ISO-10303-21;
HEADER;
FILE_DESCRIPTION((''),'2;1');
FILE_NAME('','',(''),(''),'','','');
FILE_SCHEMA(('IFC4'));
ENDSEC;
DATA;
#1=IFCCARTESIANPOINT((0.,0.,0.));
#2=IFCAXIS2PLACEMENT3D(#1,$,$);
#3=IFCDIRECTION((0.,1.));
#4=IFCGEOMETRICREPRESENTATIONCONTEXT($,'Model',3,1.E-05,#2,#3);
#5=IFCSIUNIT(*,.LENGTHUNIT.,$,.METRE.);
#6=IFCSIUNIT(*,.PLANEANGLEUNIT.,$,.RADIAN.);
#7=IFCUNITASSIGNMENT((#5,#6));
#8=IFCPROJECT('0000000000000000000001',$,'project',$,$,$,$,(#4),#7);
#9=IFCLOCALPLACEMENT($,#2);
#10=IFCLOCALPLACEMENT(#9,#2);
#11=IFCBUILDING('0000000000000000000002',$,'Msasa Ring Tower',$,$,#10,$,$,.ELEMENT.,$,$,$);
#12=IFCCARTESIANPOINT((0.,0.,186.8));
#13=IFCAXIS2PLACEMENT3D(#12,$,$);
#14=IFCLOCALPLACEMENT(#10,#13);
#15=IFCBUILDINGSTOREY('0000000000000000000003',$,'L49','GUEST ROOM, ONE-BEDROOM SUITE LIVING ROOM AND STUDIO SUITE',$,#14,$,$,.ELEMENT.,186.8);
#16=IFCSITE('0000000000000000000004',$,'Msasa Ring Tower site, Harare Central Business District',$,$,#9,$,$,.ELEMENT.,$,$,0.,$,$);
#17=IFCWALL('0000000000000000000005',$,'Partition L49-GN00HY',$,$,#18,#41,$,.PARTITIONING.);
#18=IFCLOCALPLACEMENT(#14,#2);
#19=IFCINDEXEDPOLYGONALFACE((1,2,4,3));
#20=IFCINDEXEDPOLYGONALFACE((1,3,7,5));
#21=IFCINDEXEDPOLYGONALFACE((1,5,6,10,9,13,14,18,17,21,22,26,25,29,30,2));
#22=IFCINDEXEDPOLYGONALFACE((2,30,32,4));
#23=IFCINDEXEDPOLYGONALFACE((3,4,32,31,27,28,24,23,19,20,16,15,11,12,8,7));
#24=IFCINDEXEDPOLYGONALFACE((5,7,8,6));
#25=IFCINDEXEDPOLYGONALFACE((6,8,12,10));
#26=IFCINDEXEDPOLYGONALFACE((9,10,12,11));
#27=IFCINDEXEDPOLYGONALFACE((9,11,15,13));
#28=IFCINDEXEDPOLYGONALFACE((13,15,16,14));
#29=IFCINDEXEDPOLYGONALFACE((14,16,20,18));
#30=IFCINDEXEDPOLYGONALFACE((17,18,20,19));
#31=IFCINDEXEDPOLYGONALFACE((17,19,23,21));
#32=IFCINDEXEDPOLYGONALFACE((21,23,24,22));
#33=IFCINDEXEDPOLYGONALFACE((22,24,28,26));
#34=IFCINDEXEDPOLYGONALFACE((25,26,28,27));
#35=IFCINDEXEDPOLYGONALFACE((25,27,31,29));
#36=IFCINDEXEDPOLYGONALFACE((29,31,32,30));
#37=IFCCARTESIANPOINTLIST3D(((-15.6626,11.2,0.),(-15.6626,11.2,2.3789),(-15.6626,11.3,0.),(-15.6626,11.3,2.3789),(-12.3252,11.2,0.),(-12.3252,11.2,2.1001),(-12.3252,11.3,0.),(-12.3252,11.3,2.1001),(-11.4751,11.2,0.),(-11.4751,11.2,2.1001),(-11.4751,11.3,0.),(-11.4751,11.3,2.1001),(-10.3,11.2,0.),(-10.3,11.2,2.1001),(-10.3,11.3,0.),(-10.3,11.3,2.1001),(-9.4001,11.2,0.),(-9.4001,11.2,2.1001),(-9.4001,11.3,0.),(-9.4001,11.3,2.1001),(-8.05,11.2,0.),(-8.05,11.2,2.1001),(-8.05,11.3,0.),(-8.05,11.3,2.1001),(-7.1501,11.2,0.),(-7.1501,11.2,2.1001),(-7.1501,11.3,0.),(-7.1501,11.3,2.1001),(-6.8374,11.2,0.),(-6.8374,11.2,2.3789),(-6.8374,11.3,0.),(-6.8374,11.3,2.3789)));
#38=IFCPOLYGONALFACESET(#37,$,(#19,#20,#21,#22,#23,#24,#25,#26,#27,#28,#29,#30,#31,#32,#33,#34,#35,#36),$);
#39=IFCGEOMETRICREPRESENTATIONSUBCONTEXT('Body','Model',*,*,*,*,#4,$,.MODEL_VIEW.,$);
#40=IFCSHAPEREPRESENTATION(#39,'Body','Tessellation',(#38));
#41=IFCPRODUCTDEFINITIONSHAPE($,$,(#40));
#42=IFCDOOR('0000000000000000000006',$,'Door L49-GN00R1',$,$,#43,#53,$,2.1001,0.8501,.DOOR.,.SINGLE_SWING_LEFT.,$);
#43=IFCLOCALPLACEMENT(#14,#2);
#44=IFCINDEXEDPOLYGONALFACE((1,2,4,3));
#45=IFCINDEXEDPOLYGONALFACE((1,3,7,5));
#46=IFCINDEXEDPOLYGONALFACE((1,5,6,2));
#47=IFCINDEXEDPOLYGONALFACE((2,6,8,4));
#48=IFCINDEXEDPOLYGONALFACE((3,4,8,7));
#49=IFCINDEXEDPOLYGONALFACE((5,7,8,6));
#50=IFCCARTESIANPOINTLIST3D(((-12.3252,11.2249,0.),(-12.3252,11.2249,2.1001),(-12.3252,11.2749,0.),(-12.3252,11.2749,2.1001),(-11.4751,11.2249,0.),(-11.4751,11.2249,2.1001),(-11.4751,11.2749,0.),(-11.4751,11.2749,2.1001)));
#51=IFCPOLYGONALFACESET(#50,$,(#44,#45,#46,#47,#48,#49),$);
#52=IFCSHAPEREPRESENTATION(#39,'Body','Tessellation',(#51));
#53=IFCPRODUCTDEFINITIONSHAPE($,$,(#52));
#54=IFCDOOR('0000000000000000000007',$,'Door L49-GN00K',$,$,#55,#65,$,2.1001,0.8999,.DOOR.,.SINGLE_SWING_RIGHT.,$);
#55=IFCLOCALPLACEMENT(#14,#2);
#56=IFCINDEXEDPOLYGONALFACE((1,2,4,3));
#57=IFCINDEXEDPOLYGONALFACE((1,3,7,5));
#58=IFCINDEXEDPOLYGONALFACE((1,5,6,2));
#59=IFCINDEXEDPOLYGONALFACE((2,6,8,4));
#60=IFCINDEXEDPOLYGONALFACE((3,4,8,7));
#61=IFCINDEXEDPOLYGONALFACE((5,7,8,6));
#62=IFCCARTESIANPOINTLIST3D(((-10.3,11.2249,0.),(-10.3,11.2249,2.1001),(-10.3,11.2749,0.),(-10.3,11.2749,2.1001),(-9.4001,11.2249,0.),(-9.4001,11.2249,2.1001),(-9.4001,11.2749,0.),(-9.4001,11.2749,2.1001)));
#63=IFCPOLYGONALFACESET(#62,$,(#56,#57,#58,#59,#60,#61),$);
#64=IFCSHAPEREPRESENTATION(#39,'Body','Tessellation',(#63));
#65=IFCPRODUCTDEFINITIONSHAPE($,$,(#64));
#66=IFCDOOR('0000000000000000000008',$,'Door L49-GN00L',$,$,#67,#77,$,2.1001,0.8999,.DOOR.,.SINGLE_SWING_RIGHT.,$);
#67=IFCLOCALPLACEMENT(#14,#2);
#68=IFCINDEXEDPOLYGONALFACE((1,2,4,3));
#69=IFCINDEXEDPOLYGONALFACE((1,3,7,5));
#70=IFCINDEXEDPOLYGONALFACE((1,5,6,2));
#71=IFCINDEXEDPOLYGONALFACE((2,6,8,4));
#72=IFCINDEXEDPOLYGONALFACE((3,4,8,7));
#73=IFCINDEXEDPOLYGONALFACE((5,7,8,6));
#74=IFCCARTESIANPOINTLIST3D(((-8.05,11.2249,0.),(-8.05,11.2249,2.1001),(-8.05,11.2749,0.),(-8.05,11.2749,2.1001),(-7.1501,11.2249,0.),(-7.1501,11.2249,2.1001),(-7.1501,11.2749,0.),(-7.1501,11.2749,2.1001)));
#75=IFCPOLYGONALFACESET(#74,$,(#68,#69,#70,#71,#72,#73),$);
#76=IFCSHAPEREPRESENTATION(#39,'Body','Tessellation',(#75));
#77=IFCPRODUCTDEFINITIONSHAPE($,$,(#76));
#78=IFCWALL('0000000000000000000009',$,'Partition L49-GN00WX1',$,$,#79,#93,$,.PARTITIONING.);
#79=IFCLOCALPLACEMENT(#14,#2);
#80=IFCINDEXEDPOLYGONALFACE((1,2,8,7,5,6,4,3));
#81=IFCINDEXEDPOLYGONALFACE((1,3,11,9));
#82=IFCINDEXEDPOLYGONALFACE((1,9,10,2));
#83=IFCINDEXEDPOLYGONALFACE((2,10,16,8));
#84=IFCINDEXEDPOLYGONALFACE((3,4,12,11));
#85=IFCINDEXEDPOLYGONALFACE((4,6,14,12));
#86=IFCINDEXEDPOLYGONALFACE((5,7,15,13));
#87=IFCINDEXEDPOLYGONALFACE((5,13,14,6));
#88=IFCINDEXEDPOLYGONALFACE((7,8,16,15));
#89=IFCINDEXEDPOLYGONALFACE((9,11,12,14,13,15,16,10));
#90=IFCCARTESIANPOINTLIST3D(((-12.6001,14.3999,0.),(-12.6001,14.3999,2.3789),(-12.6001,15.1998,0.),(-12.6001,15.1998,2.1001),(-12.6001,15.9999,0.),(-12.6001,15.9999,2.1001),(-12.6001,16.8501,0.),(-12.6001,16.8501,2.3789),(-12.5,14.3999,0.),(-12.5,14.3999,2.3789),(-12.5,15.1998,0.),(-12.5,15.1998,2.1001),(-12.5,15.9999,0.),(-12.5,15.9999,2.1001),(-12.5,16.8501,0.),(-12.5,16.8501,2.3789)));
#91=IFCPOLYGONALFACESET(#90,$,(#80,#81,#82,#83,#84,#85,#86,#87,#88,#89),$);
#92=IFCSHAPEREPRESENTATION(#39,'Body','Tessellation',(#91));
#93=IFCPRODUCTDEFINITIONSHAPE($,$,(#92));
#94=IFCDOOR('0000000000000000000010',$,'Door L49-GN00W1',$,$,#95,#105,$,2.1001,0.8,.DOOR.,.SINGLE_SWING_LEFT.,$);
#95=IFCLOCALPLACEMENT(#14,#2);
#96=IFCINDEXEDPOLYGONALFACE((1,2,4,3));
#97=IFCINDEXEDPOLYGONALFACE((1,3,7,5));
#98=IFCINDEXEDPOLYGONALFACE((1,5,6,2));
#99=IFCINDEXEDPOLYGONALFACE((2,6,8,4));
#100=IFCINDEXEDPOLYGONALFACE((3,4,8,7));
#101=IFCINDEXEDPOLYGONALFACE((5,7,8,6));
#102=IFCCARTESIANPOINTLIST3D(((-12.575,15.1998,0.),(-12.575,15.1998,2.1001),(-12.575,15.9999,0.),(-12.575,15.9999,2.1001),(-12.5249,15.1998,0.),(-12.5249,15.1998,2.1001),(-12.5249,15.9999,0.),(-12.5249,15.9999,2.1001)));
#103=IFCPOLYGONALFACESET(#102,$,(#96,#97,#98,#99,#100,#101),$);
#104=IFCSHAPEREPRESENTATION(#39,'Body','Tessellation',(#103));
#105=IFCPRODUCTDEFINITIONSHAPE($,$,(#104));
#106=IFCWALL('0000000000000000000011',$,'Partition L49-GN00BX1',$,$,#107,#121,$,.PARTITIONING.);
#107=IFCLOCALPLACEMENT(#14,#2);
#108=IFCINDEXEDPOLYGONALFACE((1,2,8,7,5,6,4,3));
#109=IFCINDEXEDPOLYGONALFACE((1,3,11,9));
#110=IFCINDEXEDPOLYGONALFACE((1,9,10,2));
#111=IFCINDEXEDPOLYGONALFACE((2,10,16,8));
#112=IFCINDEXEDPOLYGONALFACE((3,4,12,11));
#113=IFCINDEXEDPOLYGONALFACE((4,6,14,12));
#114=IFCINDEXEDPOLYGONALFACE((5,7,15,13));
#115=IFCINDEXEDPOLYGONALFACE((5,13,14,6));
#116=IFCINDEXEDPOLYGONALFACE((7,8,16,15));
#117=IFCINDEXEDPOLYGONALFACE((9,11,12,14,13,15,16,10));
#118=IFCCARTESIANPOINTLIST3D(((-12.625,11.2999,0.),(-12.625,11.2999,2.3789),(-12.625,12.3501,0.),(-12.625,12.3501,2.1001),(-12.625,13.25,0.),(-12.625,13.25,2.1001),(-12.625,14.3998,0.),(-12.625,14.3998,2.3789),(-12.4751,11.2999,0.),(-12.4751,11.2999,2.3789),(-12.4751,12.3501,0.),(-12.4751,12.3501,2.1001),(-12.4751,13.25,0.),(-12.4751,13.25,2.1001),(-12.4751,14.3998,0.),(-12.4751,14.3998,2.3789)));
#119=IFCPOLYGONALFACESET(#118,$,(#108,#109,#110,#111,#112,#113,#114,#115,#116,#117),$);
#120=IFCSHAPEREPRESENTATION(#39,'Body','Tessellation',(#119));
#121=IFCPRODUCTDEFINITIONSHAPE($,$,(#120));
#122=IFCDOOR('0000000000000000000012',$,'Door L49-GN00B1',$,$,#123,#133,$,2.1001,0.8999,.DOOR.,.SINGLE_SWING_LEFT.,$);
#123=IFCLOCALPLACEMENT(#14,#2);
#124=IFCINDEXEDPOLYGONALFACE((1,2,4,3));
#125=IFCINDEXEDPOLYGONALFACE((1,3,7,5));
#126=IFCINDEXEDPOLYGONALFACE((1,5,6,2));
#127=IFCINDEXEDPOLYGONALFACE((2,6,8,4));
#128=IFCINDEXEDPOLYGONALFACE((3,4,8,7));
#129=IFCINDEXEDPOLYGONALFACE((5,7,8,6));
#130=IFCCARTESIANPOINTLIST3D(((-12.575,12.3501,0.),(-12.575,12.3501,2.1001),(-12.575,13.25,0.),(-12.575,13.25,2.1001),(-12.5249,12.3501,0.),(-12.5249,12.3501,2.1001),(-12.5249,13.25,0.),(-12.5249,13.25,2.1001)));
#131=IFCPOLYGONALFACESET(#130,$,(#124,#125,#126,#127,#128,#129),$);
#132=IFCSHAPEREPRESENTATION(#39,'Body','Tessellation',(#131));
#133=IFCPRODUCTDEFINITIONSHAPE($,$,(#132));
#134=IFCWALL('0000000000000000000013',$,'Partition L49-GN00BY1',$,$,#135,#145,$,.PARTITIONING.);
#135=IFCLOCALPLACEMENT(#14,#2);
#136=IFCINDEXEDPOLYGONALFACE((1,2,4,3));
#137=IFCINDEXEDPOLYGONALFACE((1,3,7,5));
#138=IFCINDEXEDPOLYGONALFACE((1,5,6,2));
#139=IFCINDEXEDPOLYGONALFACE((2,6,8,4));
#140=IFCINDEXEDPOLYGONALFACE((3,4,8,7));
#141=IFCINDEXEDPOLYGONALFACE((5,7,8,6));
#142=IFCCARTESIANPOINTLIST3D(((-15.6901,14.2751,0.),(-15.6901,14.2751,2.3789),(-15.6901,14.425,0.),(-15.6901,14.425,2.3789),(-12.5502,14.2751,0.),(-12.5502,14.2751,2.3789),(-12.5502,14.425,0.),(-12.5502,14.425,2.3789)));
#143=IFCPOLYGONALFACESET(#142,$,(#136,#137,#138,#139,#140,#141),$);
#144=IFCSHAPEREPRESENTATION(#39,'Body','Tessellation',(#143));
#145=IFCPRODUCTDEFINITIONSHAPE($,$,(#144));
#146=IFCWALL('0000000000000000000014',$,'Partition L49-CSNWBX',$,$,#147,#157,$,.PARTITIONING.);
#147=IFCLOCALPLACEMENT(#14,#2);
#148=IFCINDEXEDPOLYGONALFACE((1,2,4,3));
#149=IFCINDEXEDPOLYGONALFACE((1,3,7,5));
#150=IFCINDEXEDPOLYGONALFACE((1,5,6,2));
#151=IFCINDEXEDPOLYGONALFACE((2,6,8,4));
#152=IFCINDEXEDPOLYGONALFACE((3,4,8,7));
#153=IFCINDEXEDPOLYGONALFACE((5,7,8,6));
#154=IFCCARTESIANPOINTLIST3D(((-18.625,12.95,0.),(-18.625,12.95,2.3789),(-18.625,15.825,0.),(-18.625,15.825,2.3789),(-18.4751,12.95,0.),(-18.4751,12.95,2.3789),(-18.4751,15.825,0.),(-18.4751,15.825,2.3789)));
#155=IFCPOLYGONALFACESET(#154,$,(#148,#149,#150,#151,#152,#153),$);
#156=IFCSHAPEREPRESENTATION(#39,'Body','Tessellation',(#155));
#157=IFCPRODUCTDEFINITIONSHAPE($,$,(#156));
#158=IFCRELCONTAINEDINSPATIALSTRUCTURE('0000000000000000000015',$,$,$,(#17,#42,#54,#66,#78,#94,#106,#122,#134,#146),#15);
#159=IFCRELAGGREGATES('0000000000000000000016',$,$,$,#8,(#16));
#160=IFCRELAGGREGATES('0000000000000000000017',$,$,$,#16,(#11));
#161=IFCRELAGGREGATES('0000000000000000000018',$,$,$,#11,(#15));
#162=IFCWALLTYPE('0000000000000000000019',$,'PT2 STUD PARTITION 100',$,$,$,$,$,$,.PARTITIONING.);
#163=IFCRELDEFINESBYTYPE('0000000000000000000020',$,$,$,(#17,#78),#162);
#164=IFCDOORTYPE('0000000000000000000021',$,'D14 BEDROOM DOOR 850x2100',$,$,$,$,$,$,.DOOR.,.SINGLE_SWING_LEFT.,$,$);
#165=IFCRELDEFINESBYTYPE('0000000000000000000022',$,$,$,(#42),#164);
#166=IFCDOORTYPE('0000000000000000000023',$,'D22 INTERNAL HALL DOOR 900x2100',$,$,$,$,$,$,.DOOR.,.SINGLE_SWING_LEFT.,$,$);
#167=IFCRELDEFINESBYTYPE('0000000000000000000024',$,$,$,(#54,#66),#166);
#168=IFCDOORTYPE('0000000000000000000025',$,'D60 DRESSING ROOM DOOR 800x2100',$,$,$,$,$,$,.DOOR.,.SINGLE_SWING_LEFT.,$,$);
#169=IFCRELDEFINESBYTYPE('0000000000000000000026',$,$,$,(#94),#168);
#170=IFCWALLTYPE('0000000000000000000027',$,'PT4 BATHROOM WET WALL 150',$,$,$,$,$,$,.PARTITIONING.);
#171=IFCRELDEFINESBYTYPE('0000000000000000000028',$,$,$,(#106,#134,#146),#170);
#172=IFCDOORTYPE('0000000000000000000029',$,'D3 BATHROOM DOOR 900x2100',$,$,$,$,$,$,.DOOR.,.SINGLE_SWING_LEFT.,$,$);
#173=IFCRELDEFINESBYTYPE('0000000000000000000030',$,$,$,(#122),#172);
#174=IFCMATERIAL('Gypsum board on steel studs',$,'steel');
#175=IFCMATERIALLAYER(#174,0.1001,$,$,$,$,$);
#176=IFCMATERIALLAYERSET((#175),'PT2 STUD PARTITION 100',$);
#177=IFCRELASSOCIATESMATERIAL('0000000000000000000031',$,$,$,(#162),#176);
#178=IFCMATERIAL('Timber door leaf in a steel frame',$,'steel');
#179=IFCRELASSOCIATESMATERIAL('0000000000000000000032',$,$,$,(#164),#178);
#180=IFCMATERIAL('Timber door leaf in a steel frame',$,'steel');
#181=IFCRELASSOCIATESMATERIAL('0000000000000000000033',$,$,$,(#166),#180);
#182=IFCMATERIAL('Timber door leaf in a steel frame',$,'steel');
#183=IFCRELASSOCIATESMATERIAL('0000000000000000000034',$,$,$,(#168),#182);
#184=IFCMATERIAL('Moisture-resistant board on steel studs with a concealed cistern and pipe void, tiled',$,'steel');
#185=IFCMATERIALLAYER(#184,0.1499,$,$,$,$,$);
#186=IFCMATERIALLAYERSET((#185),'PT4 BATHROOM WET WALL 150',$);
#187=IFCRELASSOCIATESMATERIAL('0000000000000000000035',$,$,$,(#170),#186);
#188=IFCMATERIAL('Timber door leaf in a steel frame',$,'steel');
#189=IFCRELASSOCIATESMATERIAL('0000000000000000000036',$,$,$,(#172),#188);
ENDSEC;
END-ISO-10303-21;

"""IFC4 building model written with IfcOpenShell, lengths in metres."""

from ifc_helpers import new_model, si_unit, direction, frame, frame_2d, origin, place, context, subcontext, project, spatial, rectangle, extrude, material, layer, layer_set, type_object, element, fill, save


model = new_model("IFC4")

# Units and contexts
model_context = context("Model", 3, precision=1e-05, world=origin(), true_north=direction((0.0, 1.0)))
body_context = subcontext(model_context, "Body", "Model", "MODEL_VIEW")
ifc_project = project(units=[si_unit("LENGTHUNIT", "METRE"), si_unit("PLANEANGLEUNIT", "RADIAN")], contexts=[model_context])

# Site, building, storey
site_placement = place(None, origin())
site = spatial("IfcSite", under=ifc_project, at=site_placement, Name="Msasa Ring Tower site, Harare Central Business District", CompositionType="ELEMENT", RefElevation=0.0)
building_placement = place(site_placement, origin())
building = spatial("IfcBuilding", under=site, at=building_placement, Name="Msasa Ring Tower", CompositionType="ELEMENT")
storey_placement = place(building_placement, frame((0.0, 0.0, 186.8)))
storey = spatial("IfcBuildingStorey", under=building, at=storey_placement, Name="L49", Description="GUEST ROOM, ONE-BEDROOM SUITE LIVING ROOM AND STUDIO SUITE", CompositionType="ELEMENT", Elevation=186.8)

# Wall, openings, doors
ifc_material_1 = material(Name="Gypsum board on steel studs", Category="steel")
ifc_layer_1 = layer(ifc_material_1, 0.1001)
ifc_layer_set_1 = layer_set([ifc_layer_1], Name="PT2 STUD PARTITION 100")
wall_type_1 = type_object("IfcWallType", Name="PT2 STUD PARTITION 100", PredefinedType="PARTITIONING", material=ifc_layer_set_1)
wall_1_placement = place(storey_placement, frame((-15.6626, 11.25, 0.0), z_axis=(0.0, 0.0, 1.0), x_axis=(1.0, 0.0, 0.0)))
wall_1 = element("IfcWall", 1, at=wall_1_placement, inside=storey, type_object=wall_type_1, Name="Partition L49-GN00HY", PredefinedType="PARTITIONING", context=body_context, shape_type="SweptSolid", body=[
    extrude(rectangle(XDim=8.8252, YDim=0.1001, at=frame_2d((4.4126, 0.0))), origin(), (0.0, 0.0, 1.0), 2.3789),
])
opening_1_placement = place(wall_1_placement, frame((5.3625, 0.0, 0.0)))
opening_1 = element("IfcOpeningElement", 2, at=opening_1_placement, cuts=wall_1, PredefinedType="OPENING", context=body_context, shape_type="SweptSolid", body=[
    extrude(rectangle(XDim=0.8999, YDim=2.1001, at=frame_2d((0.45, 1.05))), frame((0.0, 0.0601, 0.0), z_axis=(0.0, -1.0, 0.0), x_axis=(1.0, 0.0, 0.0)), (0.0, 0.0, 1.0), 0.1201),
])
opening_2_placement = place(wall_1_placement, frame((7.6125, 0.0, 0.0)))
opening_2 = element("IfcOpeningElement", 3, at=opening_2_placement, cuts=wall_1, PredefinedType="OPENING", context=body_context, shape_type="SweptSolid", body=[
    extrude(rectangle(XDim=0.8999, YDim=2.1001, at=frame_2d((0.45, 1.05))), frame((0.0, 0.0601, 0.0), z_axis=(0.0, -1.0, 0.0), x_axis=(1.0, 0.0, 0.0)), (0.0, 0.0, 1.0), 0.1201),
])
opening_3_placement = place(wall_1_placement, frame((3.3374, 0.0, 0.0)))
opening_3 = element("IfcOpeningElement", 4, at=opening_3_placement, cuts=wall_1, PredefinedType="OPENING", context=body_context, shape_type="SweptSolid", body=[
    extrude(rectangle(XDim=0.8501, YDim=2.1001, at=frame_2d((0.425, 1.05))), frame((0.0, 0.0601, 0.0), z_axis=(0.0, -1.0, 0.0), x_axis=(1.0, 0.0, 0.0)), (0.0, 0.0, 1.0), 0.1201),
])
ifc_material_2 = material(Name="Timber door leaf in a steel frame", Category="steel")
door_type_1 = type_object("IfcDoorType", Name="D14 BEDROOM DOOR 850x2100", OperationType="SINGLE_SWING_LEFT", PredefinedType="DOOR", material=ifc_material_2)
door_1_placement = place(opening_3_placement, origin())
door_1 = element("IfcDoor", 5, at=door_1_placement, inside=storey, type_object=door_type_1, Name="Door L49-GN00R1", OperationType="SINGLE_SWING_LEFT", OverallHeight=2.1001, OverallWidth=0.8501, PredefinedType="DOOR", context=body_context, shape_type="SweptSolid", body=[
    extrude(rectangle(XDim=0.8501, YDim=2.1001, at=frame_2d((0.425, 1.05))), frame((0.0, 0.0249, 0.0), z_axis=(0.0, -1.0, 0.0), x_axis=(1.0, 0.0, 0.0)), (0.0, 0.0, 1.0), 0.05),
])
fill(opening_3, door_1)
ifc_material_3 = material(Name="Timber door leaf in a steel frame", Category="steel")
door_type_2 = type_object("IfcDoorType", Name="D22 INTERNAL HALL DOOR 900x2100", OperationType="SINGLE_SWING_LEFT", PredefinedType="DOOR", material=ifc_material_3)
door_2_placement = place(opening_1_placement, origin())
door_2 = element("IfcDoor", 6, at=door_2_placement, inside=storey, type_object=door_type_2, Name="Door L49-GN00K", OperationType="SINGLE_SWING_RIGHT", OverallHeight=2.1001, OverallWidth=0.8999, PredefinedType="DOOR", context=body_context, shape_type="SweptSolid", body=[
    extrude(rectangle(XDim=0.8999, YDim=2.1001, at=frame_2d((0.45, 1.05))), frame((0.0, 0.0249, 0.0), z_axis=(0.0, -1.0, 0.0), x_axis=(1.0, 0.0, 0.0)), (0.0, 0.0, 1.0), 0.05),
])
fill(opening_1, door_2)
door_3_placement = place(opening_2_placement, origin())
door_3 = element("IfcDoor", 7, at=door_3_placement, inside=storey, type_object=door_type_2, Name="Door L49-GN00L", OperationType="SINGLE_SWING_RIGHT", OverallHeight=2.1001, OverallWidth=0.8999, PredefinedType="DOOR", context=body_context, shape_type="SweptSolid", body=[
    extrude(rectangle(XDim=0.8999, YDim=2.1001, at=frame_2d((0.45, 1.05))), frame((0.0, 0.0249, 0.0), z_axis=(0.0, -1.0, 0.0), x_axis=(1.0, 0.0, 0.0)), (0.0, 0.0, 1.0), 0.05),
])
fill(opening_2, door_3)

# Walls, openings, doors
wall_2_placement = place(storey_placement, frame((-12.55, 14.3999, 0.0), z_axis=(0.0, 0.0, 1.0), x_axis=(0.0, 1.0, 0.0)))
wall_2 = element("IfcWall", 8, at=wall_2_placement, inside=storey, type_object=wall_type_1, Name="Partition L49-GN00WX1", PredefinedType="PARTITIONING", context=body_context, shape_type="SweptSolid", body=[
    extrude(rectangle(XDim=2.4502, YDim=0.1001, at=frame_2d((1.2251, 0.0))), origin(), (0.0, 0.0, 1.0), 2.3789),
])
opening_4_placement = place(wall_2_placement, frame((0.8, 0.0, 0.0)))
opening_4 = element("IfcOpeningElement", 9, at=opening_4_placement, cuts=wall_2, PredefinedType="OPENING", context=body_context, shape_type="SweptSolid", body=[
    extrude(rectangle(XDim=0.8, YDim=2.1001, at=frame_2d((0.3999, 1.05))), frame((0.0, 0.0601, 0.0), z_axis=(0.0, -1.0, 0.0), x_axis=(1.0, 0.0, 0.0)), (0.0, 0.0, 1.0), 0.1201),
])
ifc_material_4 = material(Name="Timber door leaf in a steel frame", Category="steel")
door_type_3 = type_object("IfcDoorType", Name="D60 DRESSING ROOM DOOR 800x2100", OperationType="SINGLE_SWING_LEFT", PredefinedType="DOOR", material=ifc_material_4)
door_4_placement = place(opening_4_placement, origin())
door_4 = element("IfcDoor", 10, at=door_4_placement, inside=storey, type_object=door_type_3, Name="Door L49-GN00W1", OperationType="SINGLE_SWING_LEFT", OverallHeight=2.1001, OverallWidth=0.8, PredefinedType="DOOR", context=body_context, shape_type="SweptSolid", body=[
    extrude(rectangle(XDim=0.8, YDim=2.1001, at=frame_2d((0.3999, 1.05))), frame((0.0, 0.0249, 0.0), z_axis=(0.0, -1.0, 0.0), x_axis=(1.0, 0.0, 0.0)), (0.0, 0.0, 1.0), 0.05),
])
fill(opening_4, door_4)
ifc_material_5 = material(Name="Moisture-resistant board on steel studs with a concealed cistern and pipe void, tiled", Category="steel")
ifc_layer_2 = layer(ifc_material_5, 0.1499)
ifc_layer_set_2 = layer_set([ifc_layer_2], Name="PT4 BATHROOM WET WALL 150")
wall_type_2 = type_object("IfcWallType", Name="PT4 BATHROOM WET WALL 150", PredefinedType="PARTITIONING", material=ifc_layer_set_2)
wall_3_placement = place(storey_placement, frame((-12.55, 11.3, 0.0), z_axis=(0.0, 0.0, 1.0), x_axis=(0.0, 1.0, 0.0)))
wall_3 = element("IfcWall", 11, at=wall_3_placement, inside=storey, type_object=wall_type_2, Name="Partition L49-GN00BX1", PredefinedType="PARTITIONING", context=body_context, shape_type="SweptSolid", body=[
    extrude(rectangle(XDim=3.0999, YDim=0.1499, at=frame_2d((1.5498, 0.0))), origin(), (0.0, 0.0, 1.0), 2.3789),
])
opening_5_placement = place(wall_3_placement, frame((1.05, 0.0, 0.0)))
opening_5 = element("IfcOpeningElement", 12, at=opening_5_placement, cuts=wall_3, PredefinedType="OPENING", context=body_context, shape_type="SweptSolid", body=[
    extrude(rectangle(XDim=0.8999, YDim=2.1001, at=frame_2d((0.45, 1.05))), frame((0.0, 0.085, 0.0), z_axis=(0.0, -1.0, 0.0), x_axis=(1.0, 0.0, 0.0)), (0.0, 0.0, 1.0), 0.1699),
])
ifc_material_6 = material(Name="Timber door leaf in a steel frame", Category="steel")
door_type_4 = type_object("IfcDoorType", Name="D3 BATHROOM DOOR 900x2100", OperationType="SINGLE_SWING_LEFT", PredefinedType="DOOR", material=ifc_material_6)
door_5_placement = place(opening_5_placement, origin())
door_5 = element("IfcDoor", 13, at=door_5_placement, inside=storey, type_object=door_type_4, Name="Door L49-GN00B1", OperationType="SINGLE_SWING_LEFT", OverallHeight=2.1001, OverallWidth=0.8999, PredefinedType="DOOR", context=body_context, shape_type="SweptSolid", body=[
    extrude(rectangle(XDim=0.8999, YDim=2.1001, at=frame_2d((0.45, 1.05))), frame((0.0, 0.0249, 0.0), z_axis=(0.0, -1.0, 0.0), x_axis=(1.0, 0.0, 0.0)), (0.0, 0.0, 1.0), 0.05),
])
fill(opening_5, door_5)

# Walls
wall_4_placement = place(storey_placement, frame((-15.6899, 14.3501, 0.0), z_axis=(0.0, 0.0, 1.0), x_axis=(1.0, 0.0, 0.0)))
element("IfcWall", 14, at=wall_4_placement, inside=storey, type_object=wall_type_2, Name="Partition L49-GN00BY1", PredefinedType="PARTITIONING", context=body_context, shape_type="SweptSolid", body=[
    extrude(rectangle(XDim=3.1399, YDim=0.1499, at=frame_2d((1.5698, 0.0))), origin(), (0.0, 0.0, 1.0), 2.3789),
])
wall_5_placement = place(storey_placement, frame((-18.55, 12.95, 0.0), z_axis=(0.0, 0.0, 1.0), x_axis=(0.0, 1.0, 0.0)))
element("IfcWall", 15, at=wall_5_placement, inside=storey, type_object=wall_type_2, Name="Partition L49-CSNWBX", PredefinedType="PARTITIONING", context=body_context, shape_type="SweptSolid", body=[
    extrude(rectangle(XDim=2.875, YDim=0.1499, at=frame_2d((1.4375, 0.0))), origin(), (0.0, 0.0, 1.0), 2.3789),
])

save(model, "model.ifc")
